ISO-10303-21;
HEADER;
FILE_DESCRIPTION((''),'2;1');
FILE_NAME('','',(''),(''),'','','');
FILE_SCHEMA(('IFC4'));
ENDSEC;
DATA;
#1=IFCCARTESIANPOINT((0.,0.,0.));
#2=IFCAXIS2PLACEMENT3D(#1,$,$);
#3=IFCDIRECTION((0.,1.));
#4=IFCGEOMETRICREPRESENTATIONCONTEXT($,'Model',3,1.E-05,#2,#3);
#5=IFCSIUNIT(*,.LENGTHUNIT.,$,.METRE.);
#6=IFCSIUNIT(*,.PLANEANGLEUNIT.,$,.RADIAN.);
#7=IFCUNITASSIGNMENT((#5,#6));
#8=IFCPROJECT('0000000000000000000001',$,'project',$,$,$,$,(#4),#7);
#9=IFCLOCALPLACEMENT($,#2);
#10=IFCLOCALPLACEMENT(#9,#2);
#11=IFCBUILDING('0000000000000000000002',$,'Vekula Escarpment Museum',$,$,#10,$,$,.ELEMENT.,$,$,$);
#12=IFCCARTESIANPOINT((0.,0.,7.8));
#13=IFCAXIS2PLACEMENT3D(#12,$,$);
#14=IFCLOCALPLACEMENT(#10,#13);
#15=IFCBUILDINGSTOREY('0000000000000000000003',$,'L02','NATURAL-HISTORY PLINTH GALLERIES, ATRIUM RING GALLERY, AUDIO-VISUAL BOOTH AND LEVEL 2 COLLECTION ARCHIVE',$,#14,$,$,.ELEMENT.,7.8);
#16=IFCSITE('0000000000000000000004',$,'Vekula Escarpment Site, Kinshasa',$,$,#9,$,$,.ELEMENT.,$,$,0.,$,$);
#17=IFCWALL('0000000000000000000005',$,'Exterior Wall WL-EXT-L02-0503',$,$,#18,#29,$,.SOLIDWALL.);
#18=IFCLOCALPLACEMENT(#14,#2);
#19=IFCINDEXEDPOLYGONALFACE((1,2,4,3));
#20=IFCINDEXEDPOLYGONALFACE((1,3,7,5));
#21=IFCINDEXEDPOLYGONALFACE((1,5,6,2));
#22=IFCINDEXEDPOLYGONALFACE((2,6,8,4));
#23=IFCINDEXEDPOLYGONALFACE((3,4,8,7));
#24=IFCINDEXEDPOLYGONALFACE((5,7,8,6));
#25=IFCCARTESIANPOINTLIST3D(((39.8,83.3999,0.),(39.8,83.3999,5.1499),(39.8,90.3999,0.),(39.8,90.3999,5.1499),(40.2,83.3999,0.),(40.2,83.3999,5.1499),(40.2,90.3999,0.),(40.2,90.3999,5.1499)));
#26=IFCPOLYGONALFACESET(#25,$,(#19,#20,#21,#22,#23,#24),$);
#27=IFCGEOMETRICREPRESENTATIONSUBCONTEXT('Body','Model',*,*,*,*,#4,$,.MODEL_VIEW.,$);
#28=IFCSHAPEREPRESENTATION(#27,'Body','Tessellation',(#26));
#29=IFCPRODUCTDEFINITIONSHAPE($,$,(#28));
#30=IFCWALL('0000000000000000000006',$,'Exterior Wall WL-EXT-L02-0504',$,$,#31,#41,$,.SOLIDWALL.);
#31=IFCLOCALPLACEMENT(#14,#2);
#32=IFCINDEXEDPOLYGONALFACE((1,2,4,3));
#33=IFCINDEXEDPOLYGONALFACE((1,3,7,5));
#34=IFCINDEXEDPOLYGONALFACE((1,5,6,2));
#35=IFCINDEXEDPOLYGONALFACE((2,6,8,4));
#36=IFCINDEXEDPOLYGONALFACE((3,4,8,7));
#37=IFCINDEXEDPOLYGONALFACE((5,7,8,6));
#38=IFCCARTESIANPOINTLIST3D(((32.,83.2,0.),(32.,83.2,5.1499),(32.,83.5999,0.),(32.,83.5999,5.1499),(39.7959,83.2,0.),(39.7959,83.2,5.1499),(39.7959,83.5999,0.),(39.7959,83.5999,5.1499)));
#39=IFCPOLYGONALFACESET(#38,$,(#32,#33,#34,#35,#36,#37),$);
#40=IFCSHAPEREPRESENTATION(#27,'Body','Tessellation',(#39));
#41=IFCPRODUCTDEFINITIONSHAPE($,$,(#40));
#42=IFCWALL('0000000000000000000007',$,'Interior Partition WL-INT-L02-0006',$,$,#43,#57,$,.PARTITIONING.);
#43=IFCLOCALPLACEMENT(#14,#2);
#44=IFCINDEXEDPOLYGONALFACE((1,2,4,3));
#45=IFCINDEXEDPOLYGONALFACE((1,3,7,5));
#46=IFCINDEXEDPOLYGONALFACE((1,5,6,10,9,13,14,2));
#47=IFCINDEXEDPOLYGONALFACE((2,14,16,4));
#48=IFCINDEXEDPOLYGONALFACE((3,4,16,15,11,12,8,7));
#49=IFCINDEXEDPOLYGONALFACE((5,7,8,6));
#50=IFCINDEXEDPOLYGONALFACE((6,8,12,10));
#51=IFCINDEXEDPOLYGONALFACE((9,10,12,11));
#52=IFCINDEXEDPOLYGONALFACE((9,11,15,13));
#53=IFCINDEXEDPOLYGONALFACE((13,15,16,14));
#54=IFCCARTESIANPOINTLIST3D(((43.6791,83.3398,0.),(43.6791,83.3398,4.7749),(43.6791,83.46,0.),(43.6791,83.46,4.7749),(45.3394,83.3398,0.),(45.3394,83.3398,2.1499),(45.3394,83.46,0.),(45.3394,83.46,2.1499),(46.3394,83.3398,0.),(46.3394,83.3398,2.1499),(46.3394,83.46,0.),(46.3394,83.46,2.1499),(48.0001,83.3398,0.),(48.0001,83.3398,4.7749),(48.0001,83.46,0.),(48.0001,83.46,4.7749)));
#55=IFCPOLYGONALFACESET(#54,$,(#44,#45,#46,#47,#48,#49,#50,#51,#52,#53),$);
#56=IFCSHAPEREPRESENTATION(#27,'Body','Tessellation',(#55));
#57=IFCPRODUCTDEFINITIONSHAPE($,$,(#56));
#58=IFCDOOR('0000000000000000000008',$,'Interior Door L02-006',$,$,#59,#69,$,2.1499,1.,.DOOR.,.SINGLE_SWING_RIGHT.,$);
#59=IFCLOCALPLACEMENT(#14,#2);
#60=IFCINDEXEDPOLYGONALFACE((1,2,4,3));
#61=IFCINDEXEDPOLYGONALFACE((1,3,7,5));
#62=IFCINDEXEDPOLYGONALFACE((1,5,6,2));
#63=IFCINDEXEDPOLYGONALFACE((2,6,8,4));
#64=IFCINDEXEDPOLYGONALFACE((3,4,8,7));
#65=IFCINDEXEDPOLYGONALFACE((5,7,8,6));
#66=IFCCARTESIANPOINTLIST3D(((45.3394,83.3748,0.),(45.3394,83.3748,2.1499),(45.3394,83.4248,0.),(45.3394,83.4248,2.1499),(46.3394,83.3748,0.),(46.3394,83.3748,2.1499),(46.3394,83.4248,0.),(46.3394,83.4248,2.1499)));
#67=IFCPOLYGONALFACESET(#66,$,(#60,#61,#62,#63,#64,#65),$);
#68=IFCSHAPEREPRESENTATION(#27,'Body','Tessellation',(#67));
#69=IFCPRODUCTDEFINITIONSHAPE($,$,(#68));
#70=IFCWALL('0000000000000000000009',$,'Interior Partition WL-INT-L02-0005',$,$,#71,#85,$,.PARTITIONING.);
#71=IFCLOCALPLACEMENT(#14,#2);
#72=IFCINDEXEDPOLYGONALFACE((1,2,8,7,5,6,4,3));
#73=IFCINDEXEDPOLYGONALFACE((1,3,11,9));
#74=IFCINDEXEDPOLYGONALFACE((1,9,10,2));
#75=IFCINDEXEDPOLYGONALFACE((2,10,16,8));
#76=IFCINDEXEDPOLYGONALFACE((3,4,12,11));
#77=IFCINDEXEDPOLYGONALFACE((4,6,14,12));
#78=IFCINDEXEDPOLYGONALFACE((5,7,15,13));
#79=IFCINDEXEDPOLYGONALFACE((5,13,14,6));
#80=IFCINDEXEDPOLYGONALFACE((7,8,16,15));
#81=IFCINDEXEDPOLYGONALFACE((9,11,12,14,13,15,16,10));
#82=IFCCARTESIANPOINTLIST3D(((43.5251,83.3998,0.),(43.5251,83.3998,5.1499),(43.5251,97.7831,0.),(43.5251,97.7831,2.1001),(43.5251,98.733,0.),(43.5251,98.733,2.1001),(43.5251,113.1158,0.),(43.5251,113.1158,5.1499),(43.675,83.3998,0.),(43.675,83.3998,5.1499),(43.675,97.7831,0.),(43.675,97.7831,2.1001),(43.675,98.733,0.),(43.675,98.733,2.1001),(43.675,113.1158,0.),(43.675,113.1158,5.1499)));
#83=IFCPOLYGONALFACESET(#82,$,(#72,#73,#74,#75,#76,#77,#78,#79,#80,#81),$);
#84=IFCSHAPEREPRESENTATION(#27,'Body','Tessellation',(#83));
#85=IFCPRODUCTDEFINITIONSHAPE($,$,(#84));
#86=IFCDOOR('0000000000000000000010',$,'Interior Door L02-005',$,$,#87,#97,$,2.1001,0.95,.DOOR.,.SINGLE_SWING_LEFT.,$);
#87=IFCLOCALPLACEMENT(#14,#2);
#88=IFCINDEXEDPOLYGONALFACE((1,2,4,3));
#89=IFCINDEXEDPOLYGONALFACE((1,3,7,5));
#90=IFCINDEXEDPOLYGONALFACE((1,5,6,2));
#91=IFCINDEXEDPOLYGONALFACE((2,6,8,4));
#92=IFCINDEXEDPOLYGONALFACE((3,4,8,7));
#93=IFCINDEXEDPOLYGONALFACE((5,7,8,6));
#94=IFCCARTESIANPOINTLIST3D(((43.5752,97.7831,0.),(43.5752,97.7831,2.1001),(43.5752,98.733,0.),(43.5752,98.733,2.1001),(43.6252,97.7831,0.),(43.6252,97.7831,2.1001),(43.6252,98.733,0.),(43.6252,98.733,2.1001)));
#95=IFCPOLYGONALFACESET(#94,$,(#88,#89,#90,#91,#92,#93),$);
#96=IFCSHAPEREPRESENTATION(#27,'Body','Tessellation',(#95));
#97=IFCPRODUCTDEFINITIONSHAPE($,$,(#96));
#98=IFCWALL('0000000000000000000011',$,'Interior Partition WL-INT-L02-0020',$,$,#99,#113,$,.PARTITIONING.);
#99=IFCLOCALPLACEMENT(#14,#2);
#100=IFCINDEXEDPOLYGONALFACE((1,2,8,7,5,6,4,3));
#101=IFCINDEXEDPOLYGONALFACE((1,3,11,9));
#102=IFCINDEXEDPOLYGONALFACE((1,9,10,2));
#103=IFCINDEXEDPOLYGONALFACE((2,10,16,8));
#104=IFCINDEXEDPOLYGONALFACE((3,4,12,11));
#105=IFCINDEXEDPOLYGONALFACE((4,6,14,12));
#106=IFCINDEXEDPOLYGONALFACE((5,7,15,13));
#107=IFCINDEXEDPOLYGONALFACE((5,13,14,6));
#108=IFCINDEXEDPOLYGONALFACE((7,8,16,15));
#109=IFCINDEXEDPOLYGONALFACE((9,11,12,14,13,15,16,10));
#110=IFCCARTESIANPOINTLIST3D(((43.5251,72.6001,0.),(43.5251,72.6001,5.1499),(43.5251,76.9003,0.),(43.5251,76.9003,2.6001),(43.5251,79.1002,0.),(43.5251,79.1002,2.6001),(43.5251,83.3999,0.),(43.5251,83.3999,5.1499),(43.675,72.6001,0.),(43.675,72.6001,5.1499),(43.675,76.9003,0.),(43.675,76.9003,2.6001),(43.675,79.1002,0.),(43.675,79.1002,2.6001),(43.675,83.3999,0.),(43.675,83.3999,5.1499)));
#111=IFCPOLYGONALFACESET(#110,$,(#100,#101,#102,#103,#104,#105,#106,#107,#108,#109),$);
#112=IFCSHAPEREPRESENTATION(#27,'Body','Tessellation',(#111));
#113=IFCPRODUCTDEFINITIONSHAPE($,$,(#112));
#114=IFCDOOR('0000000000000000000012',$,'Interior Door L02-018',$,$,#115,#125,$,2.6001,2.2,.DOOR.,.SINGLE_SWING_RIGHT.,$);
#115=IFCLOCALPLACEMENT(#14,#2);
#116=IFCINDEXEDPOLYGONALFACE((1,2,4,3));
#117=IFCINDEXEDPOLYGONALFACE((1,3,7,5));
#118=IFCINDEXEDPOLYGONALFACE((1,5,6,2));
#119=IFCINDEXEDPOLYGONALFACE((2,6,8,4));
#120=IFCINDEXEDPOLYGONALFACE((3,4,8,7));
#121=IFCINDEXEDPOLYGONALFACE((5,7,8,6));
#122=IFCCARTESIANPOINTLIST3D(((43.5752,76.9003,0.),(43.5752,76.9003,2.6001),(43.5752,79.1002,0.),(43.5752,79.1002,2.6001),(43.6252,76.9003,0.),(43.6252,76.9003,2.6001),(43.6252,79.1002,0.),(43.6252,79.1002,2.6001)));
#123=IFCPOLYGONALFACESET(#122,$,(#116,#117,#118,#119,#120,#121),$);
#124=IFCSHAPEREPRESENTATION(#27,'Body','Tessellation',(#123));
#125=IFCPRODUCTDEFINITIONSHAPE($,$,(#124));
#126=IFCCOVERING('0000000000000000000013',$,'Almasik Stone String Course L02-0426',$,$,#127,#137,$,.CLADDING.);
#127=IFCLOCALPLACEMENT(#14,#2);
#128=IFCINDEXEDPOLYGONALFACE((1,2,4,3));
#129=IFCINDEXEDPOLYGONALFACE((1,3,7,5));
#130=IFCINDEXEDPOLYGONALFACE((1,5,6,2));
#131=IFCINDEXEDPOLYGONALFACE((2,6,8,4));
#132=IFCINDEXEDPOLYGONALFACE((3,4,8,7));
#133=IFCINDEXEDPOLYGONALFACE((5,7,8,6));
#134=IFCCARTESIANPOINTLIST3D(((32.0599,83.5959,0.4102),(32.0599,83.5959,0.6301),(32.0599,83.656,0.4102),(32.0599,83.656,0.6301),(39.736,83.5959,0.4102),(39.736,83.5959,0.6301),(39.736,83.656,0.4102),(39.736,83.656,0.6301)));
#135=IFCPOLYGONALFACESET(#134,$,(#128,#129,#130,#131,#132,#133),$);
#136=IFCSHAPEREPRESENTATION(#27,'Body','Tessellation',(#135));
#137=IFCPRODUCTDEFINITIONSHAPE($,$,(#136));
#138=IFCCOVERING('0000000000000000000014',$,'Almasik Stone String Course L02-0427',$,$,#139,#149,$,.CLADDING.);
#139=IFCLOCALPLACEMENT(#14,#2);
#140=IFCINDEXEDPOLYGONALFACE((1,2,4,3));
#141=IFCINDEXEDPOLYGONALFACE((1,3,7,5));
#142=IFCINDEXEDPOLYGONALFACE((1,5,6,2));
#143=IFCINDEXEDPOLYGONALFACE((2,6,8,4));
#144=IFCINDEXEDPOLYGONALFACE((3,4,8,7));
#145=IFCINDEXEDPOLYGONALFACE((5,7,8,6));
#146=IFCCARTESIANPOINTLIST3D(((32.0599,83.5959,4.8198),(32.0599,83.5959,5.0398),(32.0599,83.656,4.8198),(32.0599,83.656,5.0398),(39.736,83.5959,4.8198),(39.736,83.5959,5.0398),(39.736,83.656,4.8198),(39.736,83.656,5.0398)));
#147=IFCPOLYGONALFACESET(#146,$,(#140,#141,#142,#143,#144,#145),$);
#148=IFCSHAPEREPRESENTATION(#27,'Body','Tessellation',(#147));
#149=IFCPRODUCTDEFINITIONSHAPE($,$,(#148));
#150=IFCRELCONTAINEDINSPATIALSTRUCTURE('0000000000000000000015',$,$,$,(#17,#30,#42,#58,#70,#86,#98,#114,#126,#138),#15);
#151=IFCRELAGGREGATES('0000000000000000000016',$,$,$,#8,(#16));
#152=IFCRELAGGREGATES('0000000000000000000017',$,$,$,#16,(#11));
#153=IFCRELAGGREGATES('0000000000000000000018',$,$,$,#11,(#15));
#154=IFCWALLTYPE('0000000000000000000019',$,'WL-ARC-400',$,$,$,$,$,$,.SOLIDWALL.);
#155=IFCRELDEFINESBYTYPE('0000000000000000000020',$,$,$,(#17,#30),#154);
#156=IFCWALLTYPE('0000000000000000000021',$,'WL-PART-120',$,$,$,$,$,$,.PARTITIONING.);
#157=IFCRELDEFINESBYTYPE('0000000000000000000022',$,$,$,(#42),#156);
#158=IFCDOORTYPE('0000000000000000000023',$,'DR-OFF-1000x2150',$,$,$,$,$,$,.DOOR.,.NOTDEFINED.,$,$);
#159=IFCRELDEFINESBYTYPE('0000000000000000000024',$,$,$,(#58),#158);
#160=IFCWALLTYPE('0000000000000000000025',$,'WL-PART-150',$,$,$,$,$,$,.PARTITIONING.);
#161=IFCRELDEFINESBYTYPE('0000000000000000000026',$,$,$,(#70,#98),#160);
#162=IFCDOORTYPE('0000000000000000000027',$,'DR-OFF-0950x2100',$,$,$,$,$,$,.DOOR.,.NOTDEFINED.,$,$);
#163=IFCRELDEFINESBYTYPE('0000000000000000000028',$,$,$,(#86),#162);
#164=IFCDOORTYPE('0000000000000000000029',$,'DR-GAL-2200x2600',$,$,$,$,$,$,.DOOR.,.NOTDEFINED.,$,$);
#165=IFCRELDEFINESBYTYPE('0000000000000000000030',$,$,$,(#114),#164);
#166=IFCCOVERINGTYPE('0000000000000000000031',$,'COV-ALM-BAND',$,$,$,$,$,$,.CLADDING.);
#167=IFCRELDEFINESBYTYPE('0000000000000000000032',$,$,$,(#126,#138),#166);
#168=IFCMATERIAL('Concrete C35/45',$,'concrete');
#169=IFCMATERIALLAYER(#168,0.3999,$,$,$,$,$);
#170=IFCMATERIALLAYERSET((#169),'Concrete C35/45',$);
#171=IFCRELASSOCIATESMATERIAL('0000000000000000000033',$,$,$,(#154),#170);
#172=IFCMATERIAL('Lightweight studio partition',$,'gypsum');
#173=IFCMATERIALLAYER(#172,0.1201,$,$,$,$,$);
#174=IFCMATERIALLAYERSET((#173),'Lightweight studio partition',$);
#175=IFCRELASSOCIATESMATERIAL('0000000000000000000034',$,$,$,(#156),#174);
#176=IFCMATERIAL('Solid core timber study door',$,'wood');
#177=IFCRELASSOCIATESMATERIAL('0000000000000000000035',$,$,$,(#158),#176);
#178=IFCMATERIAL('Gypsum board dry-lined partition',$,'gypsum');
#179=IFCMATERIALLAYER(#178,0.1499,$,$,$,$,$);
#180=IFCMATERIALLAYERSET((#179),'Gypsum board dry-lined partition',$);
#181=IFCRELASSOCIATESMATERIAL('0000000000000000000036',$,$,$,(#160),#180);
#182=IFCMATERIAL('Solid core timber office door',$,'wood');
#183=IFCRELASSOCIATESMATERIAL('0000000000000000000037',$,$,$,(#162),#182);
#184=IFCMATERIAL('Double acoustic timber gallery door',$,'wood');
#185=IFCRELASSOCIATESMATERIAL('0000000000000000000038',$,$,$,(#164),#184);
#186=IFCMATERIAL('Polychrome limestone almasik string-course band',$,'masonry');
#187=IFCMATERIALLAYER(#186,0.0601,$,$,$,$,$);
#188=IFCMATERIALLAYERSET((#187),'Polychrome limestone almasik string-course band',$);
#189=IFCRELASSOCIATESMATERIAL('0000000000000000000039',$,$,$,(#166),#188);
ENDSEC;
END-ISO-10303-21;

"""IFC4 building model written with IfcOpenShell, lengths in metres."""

from ifc_helpers import new_model, si_unit, direction, frame, frame_2d, origin, origin_2d, place, context, subcontext, project, spatial, rectangle, extrude, material, layer, layer_set, type_object, element, fill, save


model = new_model("IFC4")

# Units and contexts
model_context = context("Model", 3, precision=1e-05, world=origin(), true_north=direction((0.0, 1.0)))
body_context = subcontext(model_context, "Body", "Model", "MODEL_VIEW")
ifc_project = project(units=[si_unit("LENGTHUNIT", "METRE"), si_unit("PLANEANGLEUNIT", "RADIAN")], contexts=[model_context])

# Site, building, storey
site_placement = place(None, origin())
site = spatial("IfcSite", under=ifc_project, at=site_placement, Name="Vekula Escarpment Site, Kinshasa", CompositionType="ELEMENT", RefElevation=0.0)
building_placement = place(site_placement, origin())
building = spatial("IfcBuilding", under=site, at=building_placement, Name="Vekula Escarpment Museum", CompositionType="ELEMENT")
storey_placement = place(building_placement, frame((0.0, 0.0, 7.8)))
storey = spatial("IfcBuildingStorey", under=building, at=storey_placement, Name="L02", Description="NATURAL-HISTORY PLINTH GALLERIES, ATRIUM RING GALLERY, AUDIO-VISUAL BOOTH AND LEVEL 2 COLLECTION ARCHIVE", CompositionType="ELEMENT", Elevation=7.8)

# Walls
ifc_material_1 = material(Name="Concrete C35/45", Category="concrete")
ifc_layer_1 = layer(ifc_material_1, 0.3999)
ifc_layer_set_1 = layer_set([ifc_layer_1], Name="Concrete C35/45")
wall_type_1 = type_object("IfcWallType", Name="WL-ARC-400", PredefinedType="SOLIDWALL", material=ifc_layer_set_1)
wall_1_placement = place(storey_placement, frame((40.0, 83.3999, 0.0), z_axis=(0.0, 0.0, 1.0), x_axis=(0.0, 1.0, 0.0)))
element("IfcWall", 1, at=wall_1_placement, inside=storey, type_object=wall_type_1, Name="Exterior Wall WL-EXT-L02-0503", PredefinedType="SOLIDWALL", context=body_context, shape_type="SweptSolid", body=[
    extrude(rectangle(XDim=7.0, YDim=0.3999, at=frame_2d((3.5, 0.0))), origin(), (0.0, 0.0, 1.0), 5.1499),
])
wall_2_placement = place(storey_placement, frame((32.0, 83.3999, 0.0), z_axis=(0.0, 0.0, 1.0), x_axis=(1.0, 0.0, 0.0)))
element("IfcWall", 2, at=wall_2_placement, inside=storey, type_object=wall_type_1, Name="Exterior Wall WL-EXT-L02-0504", PredefinedType="SOLIDWALL", context=body_context, shape_type="SweptSolid", body=[
    extrude(rectangle(XDim=7.7959, YDim=0.3999, at=frame_2d((3.8979, 0.0))), origin(), (0.0, 0.0, 1.0), 5.1499),
])

# Walls, openings, doors
ifc_material_2 = material(Name="Lightweight studio partition", Category="gypsum")
ifc_layer_2 = layer(ifc_material_2, 0.1201)
ifc_layer_set_2 = layer_set([ifc_layer_2], Name="Lightweight studio partition")
wall_type_2 = type_object("IfcWallType", Name="WL-PART-120", PredefinedType="PARTITIONING", material=ifc_layer_set_2)
wall_3_placement = place(storey_placement, frame((43.679, 83.3999, 0.0), z_axis=(0.0, 0.0, 1.0), x_axis=(1.0, 0.0, 0.0)))
wall_3 = element("IfcWall", 3, at=wall_3_placement, inside=storey, type_object=wall_type_2, Name="Interior Partition WL-INT-L02-0006", PredefinedType="PARTITIONING", context=body_context, shape_type="SweptSolid", body=[
    extrude(rectangle(XDim=4.321, YDim=0.1201, at=frame_2d((2.1606, 0.0))), origin(), (0.0, 0.0, 1.0), 4.7749),
])
opening_1_placement = place(wall_3_placement, frame((1.6604, 0.0, 0.0)))
opening_1 = element("IfcOpeningElement", 4, at=opening_1_placement, cuts=wall_3, PredefinedType="OPENING", context=body_context, shape_type="SweptSolid", body=[
    extrude(rectangle(XDim=1.0, YDim=2.1499, at=frame_2d((0.5, 1.075))), frame((0.0, 0.0701, 0.0), z_axis=(0.0, -1.0, 0.0), x_axis=(1.0, 0.0, 0.0)), (0.0, 0.0, 1.0), 0.1401),
])
ifc_material_3 = material(Name="Solid core timber study door", Category="wood")
door_type_1 = type_object("IfcDoorType", Name="DR-OFF-1000x2150", OperationType="NOTDEFINED", PredefinedType="DOOR", material=ifc_material_3)
door_1_placement = place(opening_1_placement, origin())
door_1 = element("IfcDoor", 5, at=door_1_placement, inside=storey, type_object=door_type_1, Name="Interior Door L02-006", OperationType="SINGLE_SWING_RIGHT", OverallHeight=2.1499, OverallWidth=1.0, PredefinedType="DOOR", context=body_context, shape_type="SweptSolid", body=[
    extrude(rectangle(XDim=1.0, YDim=2.1499, at=frame_2d((0.5, 1.075))), frame((0.0, 0.0249, 0.0), z_axis=(0.0, -1.0, 0.0), x_axis=(1.0, 0.0, 0.0)), (0.0, 0.0, 1.0), 0.05),
])
fill(opening_1, door_1)
ifc_material_4 = material(Name="Gypsum board dry-lined partition", Category="gypsum")
ifc_layer_3 = layer(ifc_material_4, 0.1499)
ifc_layer_set_3 = layer_set([ifc_layer_3], Name="Gypsum board dry-lined partition")
wall_type_3 = type_object("IfcWallType", Name="WL-PART-150", PredefinedType="PARTITIONING", material=ifc_layer_set_3)
wall_4_placement = place(storey_placement, frame((43.6001, 83.3999, 0.0), z_axis=(0.0, 0.0, 1.0), x_axis=(0.0, 1.0, 0.0)))
wall_4 = element("IfcWall", 6, at=wall_4_placement, inside=storey, type_object=wall_type_3, Name="Interior Partition WL-INT-L02-0005", PredefinedType="PARTITIONING", context=body_context, shape_type="SweptSolid", body=[
    extrude(rectangle(XDim=29.7161, YDim=0.1499, at=frame_2d((14.8579, 0.0))), origin(), (0.0, 0.0, 1.0), 5.1499),
])
opening_2_placement = place(wall_4_placement, frame((14.3831, 0.0, 0.0)))
opening_2 = element("IfcOpeningElement", 7, at=opening_2_placement, cuts=wall_4, PredefinedType="OPENING", context=body_context, shape_type="SweptSolid", body=[
    extrude(rectangle(XDim=0.95, YDim=2.1001, at=frame_2d((0.4751, 1.05))), frame((0.0, 0.085, 0.0), z_axis=(0.0, -1.0, 0.0), x_axis=(1.0, 0.0, 0.0)), (0.0, 0.0, 1.0), 0.1699),
])
ifc_material_5 = material(Name="Solid core timber office door", Category="wood")
door_type_2 = type_object("IfcDoorType", Name="DR-OFF-0950x2100", OperationType="NOTDEFINED", PredefinedType="DOOR", material=ifc_material_5)
door_2_placement = place(opening_2_placement, origin())
door_2 = element("IfcDoor", 8, at=door_2_placement, inside=storey, type_object=door_type_2, Name="Interior Door L02-005", OperationType="SINGLE_SWING_LEFT", OverallHeight=2.1001, OverallWidth=0.95, PredefinedType="DOOR", context=body_context, shape_type="SweptSolid", body=[
    extrude(rectangle(XDim=0.95, YDim=2.1001, at=frame_2d((0.4751, 1.05))), frame((0.0, 0.0249, 0.0), z_axis=(0.0, -1.0, 0.0), x_axis=(1.0, 0.0, 0.0)), (0.0, 0.0, 1.0), 0.05),
])
fill(opening_2, door_2)
wall_5_placement = place(storey_placement, frame((43.6001, 72.6001, 0.0), z_axis=(0.0, 0.0, 1.0), x_axis=(0.0, 1.0, 0.0)))
wall_5 = element("IfcWall", 9, at=wall_5_placement, inside=storey, type_object=wall_type_3, Name="Interior Partition WL-INT-L02-0020", PredefinedType="PARTITIONING", context=body_context, shape_type="SweptSolid", body=[
    extrude(rectangle(XDim=10.7998, YDim=0.1499, at=frame_2d((5.3999, 0.0))), origin(), (0.0, 0.0, 1.0), 5.1499),
])
opening_3_placement = place(wall_5_placement, frame((4.3, 0.0, 0.0)))
opening_3 = element("IfcOpeningElement", 10, at=opening_3_placement, cuts=wall_5, PredefinedType="OPENING", context=body_context, shape_type="SweptSolid", body=[
    extrude(rectangle(XDim=2.2, YDim=2.6001, at=frame_2d((1.1001, 1.3))), frame((0.0, 0.085, 0.0), z_axis=(0.0, -1.0, 0.0), x_axis=(1.0, 0.0, 0.0)), (0.0, 0.0, 1.0), 0.1699),
])
ifc_material_6 = material(Name="Double acoustic timber gallery door", Category="wood")
door_type_3 = type_object("IfcDoorType", Name="DR-GAL-2200x2600", OperationType="NOTDEFINED", PredefinedType="DOOR", material=ifc_material_6)
door_3_placement = place(opening_3_placement, origin())
door_3 = element("IfcDoor", 11, at=door_3_placement, inside=storey, type_object=door_type_3, Name="Interior Door L02-018", OperationType="SINGLE_SWING_RIGHT", OverallHeight=2.6001, OverallWidth=2.2, PredefinedType="DOOR", context=body_context, shape_type="SweptSolid", body=[
    extrude(rectangle(XDim=2.2, YDim=2.6001, at=frame_2d((1.1001, 1.3))), frame((0.0, 0.0249, 0.0), z_axis=(0.0, -1.0, 0.0), x_axis=(1.0, 0.0, 0.0)), (0.0, 0.0, 1.0), 0.05),
])
fill(opening_3, door_3)

# Coverings
ifc_material_7 = material(Name="Polychrome limestone almasik string-course band", Category="masonry")
ifc_layer_4 = layer(ifc_material_7, 0.0601)
ifc_layer_set_4 = layer_set([ifc_layer_4], Name="Polychrome limestone almasik string-course band")
covering_type = type_object("IfcCoveringType", Name="COV-ALM-BAND", PredefinedType="CLADDING", material=ifc_layer_set_4)
for number, where, z_axis, x_axis, name in (
    (12, (35.8979, 83.626, 0.4102), (0.0, 0.0, 1.0), (1.0, 0.0, 0.0), "Almasik Stone String Course L02-0426"),
    (13, (35.8979, 83.626, 4.8198), (0.0, 0.0, 1.0), (1.0, 0.0, 0.0), "Almasik Stone String Course L02-0427"),
):
    element("IfcCovering", number, at=place(storey_placement, frame(where, z_axis=z_axis, x_axis=x_axis)), inside=storey, type_object=covering_type, Name=name, PredefinedType="CLADDING", context=body_context, shape_type="SweptSolid", body=[
        extrude(rectangle(XDim=7.676, YDim=0.0601, at=origin_2d()), origin(), (0.0, 0.0, 1.0), 0.22),
    ])

save(model, "model.ifc")
